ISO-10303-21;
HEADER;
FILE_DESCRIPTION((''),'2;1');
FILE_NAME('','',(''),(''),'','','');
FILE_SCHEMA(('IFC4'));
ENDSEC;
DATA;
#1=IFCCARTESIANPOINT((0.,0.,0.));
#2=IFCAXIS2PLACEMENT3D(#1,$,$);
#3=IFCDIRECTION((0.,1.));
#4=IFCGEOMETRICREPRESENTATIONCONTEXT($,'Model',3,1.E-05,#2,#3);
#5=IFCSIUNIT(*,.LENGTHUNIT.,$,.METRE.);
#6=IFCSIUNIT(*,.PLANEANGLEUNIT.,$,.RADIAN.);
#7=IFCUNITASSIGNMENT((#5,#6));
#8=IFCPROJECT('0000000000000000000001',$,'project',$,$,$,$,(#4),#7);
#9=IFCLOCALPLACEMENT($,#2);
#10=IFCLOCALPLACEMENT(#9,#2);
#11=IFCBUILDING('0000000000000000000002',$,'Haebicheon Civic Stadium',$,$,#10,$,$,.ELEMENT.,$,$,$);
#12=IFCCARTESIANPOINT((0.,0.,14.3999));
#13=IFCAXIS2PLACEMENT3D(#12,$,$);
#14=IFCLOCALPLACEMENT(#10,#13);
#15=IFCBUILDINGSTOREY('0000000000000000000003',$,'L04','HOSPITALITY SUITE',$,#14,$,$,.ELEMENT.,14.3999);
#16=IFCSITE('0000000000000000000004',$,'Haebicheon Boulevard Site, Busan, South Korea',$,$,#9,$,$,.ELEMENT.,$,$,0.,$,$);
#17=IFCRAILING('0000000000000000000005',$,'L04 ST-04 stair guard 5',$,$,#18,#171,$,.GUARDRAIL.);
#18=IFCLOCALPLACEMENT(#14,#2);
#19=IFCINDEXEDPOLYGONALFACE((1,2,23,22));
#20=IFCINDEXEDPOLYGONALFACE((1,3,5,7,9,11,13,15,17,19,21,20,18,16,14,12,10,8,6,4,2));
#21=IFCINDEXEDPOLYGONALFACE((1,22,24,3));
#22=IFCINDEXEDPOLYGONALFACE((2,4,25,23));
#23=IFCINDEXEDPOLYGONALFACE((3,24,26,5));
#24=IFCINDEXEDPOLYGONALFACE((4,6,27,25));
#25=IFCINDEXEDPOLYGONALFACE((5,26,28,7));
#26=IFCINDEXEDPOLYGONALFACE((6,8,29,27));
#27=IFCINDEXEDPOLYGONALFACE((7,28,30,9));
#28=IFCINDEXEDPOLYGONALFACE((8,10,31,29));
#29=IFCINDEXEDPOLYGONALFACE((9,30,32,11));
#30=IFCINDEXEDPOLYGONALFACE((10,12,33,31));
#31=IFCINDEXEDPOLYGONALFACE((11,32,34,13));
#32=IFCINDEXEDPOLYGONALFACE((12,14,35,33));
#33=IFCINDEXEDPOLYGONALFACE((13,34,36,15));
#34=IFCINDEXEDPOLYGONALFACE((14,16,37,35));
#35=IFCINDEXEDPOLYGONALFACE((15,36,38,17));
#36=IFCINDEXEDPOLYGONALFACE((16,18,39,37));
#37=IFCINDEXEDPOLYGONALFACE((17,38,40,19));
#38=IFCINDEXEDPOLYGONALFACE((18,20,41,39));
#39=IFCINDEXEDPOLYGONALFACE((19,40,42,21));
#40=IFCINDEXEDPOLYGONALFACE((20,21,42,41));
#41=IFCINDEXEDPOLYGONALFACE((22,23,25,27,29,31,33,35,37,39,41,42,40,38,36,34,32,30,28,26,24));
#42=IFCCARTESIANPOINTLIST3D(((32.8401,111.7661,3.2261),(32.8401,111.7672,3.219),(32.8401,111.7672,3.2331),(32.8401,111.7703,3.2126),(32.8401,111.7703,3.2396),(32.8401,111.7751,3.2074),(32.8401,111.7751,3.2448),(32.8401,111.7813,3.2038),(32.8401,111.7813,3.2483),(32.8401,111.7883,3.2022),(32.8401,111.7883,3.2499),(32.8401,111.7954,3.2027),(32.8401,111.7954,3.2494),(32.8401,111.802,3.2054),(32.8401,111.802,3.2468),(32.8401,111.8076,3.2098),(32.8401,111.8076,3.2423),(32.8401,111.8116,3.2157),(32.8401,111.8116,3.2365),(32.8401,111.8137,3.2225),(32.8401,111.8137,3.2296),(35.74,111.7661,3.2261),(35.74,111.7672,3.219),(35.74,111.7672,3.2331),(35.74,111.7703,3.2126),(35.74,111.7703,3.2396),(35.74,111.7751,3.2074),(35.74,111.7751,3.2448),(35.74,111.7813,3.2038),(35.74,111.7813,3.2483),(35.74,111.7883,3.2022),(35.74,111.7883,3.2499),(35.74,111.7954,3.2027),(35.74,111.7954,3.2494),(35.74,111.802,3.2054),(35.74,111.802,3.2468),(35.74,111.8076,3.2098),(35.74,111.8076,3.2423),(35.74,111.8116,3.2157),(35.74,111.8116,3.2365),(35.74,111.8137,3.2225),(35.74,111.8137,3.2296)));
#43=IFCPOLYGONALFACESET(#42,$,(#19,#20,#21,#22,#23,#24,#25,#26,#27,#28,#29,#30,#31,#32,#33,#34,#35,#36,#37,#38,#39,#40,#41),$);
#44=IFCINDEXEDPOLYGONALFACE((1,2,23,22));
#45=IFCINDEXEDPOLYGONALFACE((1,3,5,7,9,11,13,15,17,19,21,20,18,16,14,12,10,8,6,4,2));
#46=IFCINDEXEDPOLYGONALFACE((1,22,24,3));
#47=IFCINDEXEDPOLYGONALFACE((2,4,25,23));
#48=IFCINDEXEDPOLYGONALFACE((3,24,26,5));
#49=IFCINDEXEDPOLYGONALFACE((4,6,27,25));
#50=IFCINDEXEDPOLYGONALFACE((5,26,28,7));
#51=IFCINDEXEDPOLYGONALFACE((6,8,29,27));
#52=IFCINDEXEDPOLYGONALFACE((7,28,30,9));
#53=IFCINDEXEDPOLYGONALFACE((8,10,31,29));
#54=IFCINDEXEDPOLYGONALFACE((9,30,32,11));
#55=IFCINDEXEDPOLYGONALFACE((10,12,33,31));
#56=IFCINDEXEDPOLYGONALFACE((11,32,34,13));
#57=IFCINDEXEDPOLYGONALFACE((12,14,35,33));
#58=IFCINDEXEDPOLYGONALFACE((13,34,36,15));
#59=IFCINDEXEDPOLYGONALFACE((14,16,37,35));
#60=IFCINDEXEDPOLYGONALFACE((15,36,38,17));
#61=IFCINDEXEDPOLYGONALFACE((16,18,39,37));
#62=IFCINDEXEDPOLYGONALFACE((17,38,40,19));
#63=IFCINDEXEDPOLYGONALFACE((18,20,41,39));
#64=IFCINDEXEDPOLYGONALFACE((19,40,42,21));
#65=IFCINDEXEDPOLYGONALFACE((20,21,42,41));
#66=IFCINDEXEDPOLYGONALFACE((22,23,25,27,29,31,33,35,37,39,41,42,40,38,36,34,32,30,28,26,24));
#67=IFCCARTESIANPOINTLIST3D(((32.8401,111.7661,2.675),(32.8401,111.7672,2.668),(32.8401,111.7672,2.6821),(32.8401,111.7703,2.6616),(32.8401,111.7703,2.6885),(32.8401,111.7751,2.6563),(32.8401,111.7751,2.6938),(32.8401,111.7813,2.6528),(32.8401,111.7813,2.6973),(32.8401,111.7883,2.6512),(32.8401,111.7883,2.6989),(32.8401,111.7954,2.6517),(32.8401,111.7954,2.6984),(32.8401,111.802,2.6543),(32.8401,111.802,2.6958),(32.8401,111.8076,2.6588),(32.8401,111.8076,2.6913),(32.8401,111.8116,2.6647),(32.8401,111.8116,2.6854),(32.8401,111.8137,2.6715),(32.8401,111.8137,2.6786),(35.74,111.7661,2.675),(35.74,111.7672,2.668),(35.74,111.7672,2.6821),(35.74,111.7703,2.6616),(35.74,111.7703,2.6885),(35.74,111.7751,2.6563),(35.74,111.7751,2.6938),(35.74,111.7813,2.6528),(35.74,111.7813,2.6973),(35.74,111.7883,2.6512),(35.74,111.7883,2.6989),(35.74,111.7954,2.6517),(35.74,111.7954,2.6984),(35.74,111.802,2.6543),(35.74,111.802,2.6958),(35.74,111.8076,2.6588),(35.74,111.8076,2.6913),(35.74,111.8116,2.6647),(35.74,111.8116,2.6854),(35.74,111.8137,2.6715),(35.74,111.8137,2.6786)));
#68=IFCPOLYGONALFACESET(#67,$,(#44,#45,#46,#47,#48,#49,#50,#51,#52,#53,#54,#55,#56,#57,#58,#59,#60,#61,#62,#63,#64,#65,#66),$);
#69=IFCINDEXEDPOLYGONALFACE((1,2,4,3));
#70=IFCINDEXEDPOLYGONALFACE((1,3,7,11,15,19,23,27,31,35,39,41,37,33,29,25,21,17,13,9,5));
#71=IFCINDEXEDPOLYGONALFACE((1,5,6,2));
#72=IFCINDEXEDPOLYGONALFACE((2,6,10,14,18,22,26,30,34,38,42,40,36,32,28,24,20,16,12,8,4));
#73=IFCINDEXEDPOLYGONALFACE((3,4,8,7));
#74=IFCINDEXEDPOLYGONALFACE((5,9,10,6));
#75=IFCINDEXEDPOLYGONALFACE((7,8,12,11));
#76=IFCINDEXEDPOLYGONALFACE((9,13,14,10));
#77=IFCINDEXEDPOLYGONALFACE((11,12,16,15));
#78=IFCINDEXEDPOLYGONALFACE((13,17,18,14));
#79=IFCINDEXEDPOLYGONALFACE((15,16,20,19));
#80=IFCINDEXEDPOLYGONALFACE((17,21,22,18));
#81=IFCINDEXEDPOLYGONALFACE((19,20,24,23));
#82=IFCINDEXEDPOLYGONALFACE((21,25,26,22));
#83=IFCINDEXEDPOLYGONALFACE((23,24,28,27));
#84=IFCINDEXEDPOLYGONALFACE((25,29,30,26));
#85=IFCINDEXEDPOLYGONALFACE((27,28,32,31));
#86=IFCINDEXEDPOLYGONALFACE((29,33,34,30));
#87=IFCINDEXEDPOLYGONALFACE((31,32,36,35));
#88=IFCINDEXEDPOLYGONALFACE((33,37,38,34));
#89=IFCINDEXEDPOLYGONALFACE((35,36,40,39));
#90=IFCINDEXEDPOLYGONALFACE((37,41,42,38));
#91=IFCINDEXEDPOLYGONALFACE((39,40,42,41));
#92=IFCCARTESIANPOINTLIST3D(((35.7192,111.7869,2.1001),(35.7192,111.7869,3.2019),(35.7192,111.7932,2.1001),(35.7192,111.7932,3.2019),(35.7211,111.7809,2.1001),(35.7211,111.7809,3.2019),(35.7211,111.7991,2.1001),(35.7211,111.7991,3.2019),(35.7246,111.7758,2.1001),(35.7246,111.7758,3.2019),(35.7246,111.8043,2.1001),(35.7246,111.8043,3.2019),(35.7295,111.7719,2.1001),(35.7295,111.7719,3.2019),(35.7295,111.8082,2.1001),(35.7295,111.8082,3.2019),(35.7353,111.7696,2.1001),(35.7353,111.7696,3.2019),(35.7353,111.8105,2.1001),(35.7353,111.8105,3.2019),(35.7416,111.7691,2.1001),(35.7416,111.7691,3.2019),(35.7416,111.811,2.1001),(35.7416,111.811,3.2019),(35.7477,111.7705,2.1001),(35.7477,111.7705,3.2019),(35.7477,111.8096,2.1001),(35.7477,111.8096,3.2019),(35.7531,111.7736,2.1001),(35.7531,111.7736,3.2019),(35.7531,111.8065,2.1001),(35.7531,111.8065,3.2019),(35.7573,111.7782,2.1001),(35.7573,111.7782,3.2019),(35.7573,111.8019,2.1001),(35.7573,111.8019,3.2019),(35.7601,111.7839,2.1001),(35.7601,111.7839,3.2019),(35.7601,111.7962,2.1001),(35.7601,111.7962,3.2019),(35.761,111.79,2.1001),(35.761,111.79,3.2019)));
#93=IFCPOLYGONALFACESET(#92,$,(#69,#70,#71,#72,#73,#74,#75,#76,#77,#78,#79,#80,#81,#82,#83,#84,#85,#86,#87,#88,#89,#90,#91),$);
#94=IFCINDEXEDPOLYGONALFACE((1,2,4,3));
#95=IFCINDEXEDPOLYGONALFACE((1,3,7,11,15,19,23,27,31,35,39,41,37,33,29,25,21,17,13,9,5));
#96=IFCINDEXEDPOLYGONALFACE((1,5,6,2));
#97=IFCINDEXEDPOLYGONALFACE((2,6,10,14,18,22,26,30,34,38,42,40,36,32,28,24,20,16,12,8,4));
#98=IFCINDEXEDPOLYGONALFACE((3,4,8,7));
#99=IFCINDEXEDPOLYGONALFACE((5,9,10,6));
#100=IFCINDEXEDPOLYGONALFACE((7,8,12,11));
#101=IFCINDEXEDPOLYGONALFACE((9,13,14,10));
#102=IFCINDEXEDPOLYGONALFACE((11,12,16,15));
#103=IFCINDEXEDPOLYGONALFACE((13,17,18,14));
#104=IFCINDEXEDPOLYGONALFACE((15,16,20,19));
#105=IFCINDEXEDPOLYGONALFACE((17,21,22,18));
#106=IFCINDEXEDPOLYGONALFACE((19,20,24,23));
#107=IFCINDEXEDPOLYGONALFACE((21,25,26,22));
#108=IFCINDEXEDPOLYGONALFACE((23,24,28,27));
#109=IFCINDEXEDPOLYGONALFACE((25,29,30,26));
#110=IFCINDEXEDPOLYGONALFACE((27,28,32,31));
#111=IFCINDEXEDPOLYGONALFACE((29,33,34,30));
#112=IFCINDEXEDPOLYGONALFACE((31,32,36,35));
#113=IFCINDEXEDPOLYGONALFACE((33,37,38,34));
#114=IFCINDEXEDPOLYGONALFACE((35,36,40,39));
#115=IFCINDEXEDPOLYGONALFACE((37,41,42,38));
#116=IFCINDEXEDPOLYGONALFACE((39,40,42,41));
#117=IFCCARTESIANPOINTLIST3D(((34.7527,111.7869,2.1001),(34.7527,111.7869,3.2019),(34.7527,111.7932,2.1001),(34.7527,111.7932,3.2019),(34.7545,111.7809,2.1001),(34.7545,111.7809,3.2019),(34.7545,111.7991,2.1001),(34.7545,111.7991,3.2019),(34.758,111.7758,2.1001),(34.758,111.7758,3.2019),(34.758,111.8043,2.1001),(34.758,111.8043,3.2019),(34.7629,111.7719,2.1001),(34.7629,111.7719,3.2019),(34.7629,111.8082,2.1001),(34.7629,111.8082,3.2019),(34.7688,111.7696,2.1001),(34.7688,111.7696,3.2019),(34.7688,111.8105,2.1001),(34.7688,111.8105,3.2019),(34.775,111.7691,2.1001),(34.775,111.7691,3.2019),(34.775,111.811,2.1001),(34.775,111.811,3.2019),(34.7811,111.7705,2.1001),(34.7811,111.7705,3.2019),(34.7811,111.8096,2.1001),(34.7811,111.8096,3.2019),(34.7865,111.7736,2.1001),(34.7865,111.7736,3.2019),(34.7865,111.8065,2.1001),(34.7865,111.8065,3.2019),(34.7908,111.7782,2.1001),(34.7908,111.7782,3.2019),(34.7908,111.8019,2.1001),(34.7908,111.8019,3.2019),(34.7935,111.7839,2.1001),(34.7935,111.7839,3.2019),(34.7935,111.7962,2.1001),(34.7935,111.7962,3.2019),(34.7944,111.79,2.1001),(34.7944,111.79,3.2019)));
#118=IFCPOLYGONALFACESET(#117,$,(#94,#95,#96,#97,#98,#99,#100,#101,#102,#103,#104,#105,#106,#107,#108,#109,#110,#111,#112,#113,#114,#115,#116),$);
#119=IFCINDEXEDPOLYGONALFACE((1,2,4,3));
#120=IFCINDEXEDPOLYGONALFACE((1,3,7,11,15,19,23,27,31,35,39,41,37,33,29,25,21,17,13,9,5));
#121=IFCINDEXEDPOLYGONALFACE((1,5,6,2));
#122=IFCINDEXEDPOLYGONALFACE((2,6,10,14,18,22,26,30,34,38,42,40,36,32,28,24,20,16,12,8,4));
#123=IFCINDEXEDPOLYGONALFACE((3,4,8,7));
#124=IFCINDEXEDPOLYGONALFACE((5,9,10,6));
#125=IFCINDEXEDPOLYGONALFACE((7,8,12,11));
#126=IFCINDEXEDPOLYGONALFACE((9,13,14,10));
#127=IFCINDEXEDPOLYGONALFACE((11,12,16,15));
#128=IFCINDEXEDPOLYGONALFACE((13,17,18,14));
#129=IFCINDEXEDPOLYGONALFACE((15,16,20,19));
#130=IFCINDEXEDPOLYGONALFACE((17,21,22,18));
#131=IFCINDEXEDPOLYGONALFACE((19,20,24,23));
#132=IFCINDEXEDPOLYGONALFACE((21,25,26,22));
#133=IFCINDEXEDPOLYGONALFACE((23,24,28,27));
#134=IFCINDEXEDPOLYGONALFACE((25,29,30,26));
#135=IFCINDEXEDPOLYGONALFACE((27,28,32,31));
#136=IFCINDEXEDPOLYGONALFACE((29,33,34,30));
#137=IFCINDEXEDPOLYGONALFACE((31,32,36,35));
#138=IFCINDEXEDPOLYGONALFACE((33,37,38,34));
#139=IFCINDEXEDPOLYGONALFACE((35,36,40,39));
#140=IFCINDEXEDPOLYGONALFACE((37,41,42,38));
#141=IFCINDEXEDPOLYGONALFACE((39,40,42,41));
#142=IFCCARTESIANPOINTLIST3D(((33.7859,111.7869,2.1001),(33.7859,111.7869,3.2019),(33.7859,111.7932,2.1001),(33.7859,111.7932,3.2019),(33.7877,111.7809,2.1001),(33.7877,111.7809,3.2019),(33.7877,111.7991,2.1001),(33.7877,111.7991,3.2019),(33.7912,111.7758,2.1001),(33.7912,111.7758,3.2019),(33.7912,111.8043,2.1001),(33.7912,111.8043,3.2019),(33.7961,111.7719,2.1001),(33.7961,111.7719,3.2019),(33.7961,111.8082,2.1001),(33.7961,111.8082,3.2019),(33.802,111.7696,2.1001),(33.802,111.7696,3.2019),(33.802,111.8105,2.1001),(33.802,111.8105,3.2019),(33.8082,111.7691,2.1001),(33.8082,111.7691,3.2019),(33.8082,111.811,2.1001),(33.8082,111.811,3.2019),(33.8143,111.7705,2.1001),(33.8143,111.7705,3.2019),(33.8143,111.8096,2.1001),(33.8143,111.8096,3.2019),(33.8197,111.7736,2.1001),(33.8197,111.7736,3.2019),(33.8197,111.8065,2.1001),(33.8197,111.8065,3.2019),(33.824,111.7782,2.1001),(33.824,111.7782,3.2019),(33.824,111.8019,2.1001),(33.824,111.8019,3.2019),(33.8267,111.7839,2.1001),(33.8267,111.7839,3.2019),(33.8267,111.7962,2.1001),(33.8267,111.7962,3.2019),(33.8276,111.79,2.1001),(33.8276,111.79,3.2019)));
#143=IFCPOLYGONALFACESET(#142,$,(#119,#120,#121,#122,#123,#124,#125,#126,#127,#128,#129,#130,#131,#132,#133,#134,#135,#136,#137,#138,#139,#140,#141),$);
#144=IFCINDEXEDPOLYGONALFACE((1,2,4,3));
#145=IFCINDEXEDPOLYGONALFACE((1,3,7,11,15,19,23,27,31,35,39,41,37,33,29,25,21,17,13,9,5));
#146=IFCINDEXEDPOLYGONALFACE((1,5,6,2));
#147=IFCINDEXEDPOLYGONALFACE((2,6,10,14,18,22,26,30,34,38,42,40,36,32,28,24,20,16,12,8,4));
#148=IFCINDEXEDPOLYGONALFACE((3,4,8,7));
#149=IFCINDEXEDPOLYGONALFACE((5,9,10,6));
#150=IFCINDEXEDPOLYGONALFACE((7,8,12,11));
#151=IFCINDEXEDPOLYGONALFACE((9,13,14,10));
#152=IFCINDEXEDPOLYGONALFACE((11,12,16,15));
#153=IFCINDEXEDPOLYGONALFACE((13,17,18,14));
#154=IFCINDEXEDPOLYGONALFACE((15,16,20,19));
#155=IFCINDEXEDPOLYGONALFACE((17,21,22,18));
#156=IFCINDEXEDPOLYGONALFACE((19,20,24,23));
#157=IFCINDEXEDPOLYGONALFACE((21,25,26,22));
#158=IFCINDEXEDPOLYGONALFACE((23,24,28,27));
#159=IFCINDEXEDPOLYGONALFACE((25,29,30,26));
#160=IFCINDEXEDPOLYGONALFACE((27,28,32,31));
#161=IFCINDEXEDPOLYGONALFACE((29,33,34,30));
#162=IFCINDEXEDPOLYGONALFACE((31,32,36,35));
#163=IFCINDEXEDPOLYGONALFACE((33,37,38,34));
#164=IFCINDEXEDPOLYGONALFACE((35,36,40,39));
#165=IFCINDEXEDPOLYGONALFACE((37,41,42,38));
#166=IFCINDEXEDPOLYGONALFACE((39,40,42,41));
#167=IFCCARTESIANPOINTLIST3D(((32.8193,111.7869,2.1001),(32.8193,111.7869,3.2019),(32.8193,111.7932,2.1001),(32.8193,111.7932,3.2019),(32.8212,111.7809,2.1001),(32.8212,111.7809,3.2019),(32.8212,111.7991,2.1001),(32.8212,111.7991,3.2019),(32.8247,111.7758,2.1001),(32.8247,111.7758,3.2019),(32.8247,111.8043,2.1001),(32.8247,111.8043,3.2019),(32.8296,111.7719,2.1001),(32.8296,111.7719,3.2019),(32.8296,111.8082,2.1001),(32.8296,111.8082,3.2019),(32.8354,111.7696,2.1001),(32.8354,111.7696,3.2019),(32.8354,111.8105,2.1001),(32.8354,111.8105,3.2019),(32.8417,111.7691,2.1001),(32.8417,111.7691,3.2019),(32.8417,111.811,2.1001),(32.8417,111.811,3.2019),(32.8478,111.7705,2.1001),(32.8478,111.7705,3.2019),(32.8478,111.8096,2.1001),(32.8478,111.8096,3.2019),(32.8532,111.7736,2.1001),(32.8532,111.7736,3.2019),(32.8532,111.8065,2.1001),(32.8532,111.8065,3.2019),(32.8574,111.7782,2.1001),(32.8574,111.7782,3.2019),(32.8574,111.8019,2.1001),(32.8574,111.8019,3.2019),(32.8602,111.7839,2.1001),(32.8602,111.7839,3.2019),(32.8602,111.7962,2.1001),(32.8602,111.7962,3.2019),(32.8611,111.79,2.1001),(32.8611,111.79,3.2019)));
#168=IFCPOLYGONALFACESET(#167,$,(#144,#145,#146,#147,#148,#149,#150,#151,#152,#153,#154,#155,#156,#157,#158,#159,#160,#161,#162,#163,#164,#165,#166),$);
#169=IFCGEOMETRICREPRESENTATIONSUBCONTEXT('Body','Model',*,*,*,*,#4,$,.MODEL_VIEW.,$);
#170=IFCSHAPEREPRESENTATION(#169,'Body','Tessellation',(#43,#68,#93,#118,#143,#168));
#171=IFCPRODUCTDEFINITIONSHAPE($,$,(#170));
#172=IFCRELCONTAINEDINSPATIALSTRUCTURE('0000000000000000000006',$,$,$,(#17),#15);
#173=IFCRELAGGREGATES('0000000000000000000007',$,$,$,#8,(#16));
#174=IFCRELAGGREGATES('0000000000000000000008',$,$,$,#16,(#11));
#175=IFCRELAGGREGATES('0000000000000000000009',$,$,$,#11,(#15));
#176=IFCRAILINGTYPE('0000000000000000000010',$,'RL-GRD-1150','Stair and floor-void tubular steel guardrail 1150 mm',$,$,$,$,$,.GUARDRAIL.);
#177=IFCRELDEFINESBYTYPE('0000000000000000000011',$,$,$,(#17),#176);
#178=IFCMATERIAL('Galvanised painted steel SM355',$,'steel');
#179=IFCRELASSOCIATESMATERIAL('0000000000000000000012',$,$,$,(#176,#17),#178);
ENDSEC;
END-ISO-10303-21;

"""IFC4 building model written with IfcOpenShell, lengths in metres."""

from ifc_helpers import new_model, si_unit, direction, frame, origin, origin_2d, place, context, subcontext, project, spatial, circle, extrude, material, type_object, element, save


model = new_model("IFC4")

# Units and contexts
model_context = context("Model", 3, precision=1e-05, world=origin(), true_north=direction((0.0, 1.0)))
body_context = subcontext(model_context, "Body", "Model", "MODEL_VIEW")
ifc_project = project(units=[si_unit("LENGTHUNIT", "METRE"), si_unit("PLANEANGLEUNIT", "RADIAN")], contexts=[model_context])

# Site, building, storey
site_placement = place(None, origin())
site = spatial("IfcSite", under=ifc_project, at=site_placement, Name="Haebicheon Boulevard Site, Busan, South Korea", CompositionType="ELEMENT", RefElevation=0.0)
building_placement = place(site_placement, origin())
building = spatial("IfcBuilding", under=site, at=building_placement, Name="Haebicheon Civic Stadium", CompositionType="ELEMENT")
storey_placement = place(building_placement, frame((0.0, 0.0, 14.3999)))
storey = spatial("IfcBuildingStorey", under=building, at=storey_placement, Name="L04", Description="HOSPITALITY SUITE", CompositionType="ELEMENT", Elevation=14.3999)

# Railing
ifc_material_1 = material(Name="Galvanised painted steel SM355", Category="steel")
railing_type_1 = type_object("IfcRailingType", Name="RL-GRD-1150", Description="Stair and floor-void tubular steel guardrail 1150 mm", PredefinedType="GUARDRAIL", material=ifc_material_1)
railing_1_placement = place(storey_placement, frame((35.74, 111.79, 2.1001)))
element("IfcRailing", 1, at=railing_1_placement, inside=storey, type_object=railing_type_1, material=ifc_material_1, Name="L04 ST-04 stair guard 5", PredefinedType="GUARDRAIL", context=body_context, shape_type="SweptSolid", body=[
    extrude(circle(Radius=0.0239, at=origin_2d()), frame((0.0, 0.0, 1.126), z_axis=(-1.0, 0.0, 0.0), x_axis=(0.0, -1.0, 0.0)), (0.0, 0.0, 1.0), 2.8999),
    extrude(circle(Radius=0.0239, at=origin_2d()), frame((0.0, 0.0, 0.575), z_axis=(-1.0, 0.0, 0.0), x_axis=(0.0, -1.0, 0.0)), (0.0, 0.0, 1.0), 2.8999),
    extrude(circle(Radius=0.021, at=origin_2d()), origin(), (0.0, 0.0, 1.0), 1.1018),
    extrude(circle(Radius=0.021, at=origin_2d()), frame((-0.9666, 0.0, 0.0)), (0.0, 0.0, 1.0), 1.1018),
    extrude(circle(Radius=0.021, at=origin_2d()), frame((-1.9333, 0.0, 0.0)), (0.0, 0.0, 1.0), 1.1018),
    extrude(circle(Radius=0.021, at=origin_2d()), frame((-2.8999, 0.0, 0.0)), (0.0, 0.0, 1.0), 1.1018),
])

save(model, "model.ifc")
